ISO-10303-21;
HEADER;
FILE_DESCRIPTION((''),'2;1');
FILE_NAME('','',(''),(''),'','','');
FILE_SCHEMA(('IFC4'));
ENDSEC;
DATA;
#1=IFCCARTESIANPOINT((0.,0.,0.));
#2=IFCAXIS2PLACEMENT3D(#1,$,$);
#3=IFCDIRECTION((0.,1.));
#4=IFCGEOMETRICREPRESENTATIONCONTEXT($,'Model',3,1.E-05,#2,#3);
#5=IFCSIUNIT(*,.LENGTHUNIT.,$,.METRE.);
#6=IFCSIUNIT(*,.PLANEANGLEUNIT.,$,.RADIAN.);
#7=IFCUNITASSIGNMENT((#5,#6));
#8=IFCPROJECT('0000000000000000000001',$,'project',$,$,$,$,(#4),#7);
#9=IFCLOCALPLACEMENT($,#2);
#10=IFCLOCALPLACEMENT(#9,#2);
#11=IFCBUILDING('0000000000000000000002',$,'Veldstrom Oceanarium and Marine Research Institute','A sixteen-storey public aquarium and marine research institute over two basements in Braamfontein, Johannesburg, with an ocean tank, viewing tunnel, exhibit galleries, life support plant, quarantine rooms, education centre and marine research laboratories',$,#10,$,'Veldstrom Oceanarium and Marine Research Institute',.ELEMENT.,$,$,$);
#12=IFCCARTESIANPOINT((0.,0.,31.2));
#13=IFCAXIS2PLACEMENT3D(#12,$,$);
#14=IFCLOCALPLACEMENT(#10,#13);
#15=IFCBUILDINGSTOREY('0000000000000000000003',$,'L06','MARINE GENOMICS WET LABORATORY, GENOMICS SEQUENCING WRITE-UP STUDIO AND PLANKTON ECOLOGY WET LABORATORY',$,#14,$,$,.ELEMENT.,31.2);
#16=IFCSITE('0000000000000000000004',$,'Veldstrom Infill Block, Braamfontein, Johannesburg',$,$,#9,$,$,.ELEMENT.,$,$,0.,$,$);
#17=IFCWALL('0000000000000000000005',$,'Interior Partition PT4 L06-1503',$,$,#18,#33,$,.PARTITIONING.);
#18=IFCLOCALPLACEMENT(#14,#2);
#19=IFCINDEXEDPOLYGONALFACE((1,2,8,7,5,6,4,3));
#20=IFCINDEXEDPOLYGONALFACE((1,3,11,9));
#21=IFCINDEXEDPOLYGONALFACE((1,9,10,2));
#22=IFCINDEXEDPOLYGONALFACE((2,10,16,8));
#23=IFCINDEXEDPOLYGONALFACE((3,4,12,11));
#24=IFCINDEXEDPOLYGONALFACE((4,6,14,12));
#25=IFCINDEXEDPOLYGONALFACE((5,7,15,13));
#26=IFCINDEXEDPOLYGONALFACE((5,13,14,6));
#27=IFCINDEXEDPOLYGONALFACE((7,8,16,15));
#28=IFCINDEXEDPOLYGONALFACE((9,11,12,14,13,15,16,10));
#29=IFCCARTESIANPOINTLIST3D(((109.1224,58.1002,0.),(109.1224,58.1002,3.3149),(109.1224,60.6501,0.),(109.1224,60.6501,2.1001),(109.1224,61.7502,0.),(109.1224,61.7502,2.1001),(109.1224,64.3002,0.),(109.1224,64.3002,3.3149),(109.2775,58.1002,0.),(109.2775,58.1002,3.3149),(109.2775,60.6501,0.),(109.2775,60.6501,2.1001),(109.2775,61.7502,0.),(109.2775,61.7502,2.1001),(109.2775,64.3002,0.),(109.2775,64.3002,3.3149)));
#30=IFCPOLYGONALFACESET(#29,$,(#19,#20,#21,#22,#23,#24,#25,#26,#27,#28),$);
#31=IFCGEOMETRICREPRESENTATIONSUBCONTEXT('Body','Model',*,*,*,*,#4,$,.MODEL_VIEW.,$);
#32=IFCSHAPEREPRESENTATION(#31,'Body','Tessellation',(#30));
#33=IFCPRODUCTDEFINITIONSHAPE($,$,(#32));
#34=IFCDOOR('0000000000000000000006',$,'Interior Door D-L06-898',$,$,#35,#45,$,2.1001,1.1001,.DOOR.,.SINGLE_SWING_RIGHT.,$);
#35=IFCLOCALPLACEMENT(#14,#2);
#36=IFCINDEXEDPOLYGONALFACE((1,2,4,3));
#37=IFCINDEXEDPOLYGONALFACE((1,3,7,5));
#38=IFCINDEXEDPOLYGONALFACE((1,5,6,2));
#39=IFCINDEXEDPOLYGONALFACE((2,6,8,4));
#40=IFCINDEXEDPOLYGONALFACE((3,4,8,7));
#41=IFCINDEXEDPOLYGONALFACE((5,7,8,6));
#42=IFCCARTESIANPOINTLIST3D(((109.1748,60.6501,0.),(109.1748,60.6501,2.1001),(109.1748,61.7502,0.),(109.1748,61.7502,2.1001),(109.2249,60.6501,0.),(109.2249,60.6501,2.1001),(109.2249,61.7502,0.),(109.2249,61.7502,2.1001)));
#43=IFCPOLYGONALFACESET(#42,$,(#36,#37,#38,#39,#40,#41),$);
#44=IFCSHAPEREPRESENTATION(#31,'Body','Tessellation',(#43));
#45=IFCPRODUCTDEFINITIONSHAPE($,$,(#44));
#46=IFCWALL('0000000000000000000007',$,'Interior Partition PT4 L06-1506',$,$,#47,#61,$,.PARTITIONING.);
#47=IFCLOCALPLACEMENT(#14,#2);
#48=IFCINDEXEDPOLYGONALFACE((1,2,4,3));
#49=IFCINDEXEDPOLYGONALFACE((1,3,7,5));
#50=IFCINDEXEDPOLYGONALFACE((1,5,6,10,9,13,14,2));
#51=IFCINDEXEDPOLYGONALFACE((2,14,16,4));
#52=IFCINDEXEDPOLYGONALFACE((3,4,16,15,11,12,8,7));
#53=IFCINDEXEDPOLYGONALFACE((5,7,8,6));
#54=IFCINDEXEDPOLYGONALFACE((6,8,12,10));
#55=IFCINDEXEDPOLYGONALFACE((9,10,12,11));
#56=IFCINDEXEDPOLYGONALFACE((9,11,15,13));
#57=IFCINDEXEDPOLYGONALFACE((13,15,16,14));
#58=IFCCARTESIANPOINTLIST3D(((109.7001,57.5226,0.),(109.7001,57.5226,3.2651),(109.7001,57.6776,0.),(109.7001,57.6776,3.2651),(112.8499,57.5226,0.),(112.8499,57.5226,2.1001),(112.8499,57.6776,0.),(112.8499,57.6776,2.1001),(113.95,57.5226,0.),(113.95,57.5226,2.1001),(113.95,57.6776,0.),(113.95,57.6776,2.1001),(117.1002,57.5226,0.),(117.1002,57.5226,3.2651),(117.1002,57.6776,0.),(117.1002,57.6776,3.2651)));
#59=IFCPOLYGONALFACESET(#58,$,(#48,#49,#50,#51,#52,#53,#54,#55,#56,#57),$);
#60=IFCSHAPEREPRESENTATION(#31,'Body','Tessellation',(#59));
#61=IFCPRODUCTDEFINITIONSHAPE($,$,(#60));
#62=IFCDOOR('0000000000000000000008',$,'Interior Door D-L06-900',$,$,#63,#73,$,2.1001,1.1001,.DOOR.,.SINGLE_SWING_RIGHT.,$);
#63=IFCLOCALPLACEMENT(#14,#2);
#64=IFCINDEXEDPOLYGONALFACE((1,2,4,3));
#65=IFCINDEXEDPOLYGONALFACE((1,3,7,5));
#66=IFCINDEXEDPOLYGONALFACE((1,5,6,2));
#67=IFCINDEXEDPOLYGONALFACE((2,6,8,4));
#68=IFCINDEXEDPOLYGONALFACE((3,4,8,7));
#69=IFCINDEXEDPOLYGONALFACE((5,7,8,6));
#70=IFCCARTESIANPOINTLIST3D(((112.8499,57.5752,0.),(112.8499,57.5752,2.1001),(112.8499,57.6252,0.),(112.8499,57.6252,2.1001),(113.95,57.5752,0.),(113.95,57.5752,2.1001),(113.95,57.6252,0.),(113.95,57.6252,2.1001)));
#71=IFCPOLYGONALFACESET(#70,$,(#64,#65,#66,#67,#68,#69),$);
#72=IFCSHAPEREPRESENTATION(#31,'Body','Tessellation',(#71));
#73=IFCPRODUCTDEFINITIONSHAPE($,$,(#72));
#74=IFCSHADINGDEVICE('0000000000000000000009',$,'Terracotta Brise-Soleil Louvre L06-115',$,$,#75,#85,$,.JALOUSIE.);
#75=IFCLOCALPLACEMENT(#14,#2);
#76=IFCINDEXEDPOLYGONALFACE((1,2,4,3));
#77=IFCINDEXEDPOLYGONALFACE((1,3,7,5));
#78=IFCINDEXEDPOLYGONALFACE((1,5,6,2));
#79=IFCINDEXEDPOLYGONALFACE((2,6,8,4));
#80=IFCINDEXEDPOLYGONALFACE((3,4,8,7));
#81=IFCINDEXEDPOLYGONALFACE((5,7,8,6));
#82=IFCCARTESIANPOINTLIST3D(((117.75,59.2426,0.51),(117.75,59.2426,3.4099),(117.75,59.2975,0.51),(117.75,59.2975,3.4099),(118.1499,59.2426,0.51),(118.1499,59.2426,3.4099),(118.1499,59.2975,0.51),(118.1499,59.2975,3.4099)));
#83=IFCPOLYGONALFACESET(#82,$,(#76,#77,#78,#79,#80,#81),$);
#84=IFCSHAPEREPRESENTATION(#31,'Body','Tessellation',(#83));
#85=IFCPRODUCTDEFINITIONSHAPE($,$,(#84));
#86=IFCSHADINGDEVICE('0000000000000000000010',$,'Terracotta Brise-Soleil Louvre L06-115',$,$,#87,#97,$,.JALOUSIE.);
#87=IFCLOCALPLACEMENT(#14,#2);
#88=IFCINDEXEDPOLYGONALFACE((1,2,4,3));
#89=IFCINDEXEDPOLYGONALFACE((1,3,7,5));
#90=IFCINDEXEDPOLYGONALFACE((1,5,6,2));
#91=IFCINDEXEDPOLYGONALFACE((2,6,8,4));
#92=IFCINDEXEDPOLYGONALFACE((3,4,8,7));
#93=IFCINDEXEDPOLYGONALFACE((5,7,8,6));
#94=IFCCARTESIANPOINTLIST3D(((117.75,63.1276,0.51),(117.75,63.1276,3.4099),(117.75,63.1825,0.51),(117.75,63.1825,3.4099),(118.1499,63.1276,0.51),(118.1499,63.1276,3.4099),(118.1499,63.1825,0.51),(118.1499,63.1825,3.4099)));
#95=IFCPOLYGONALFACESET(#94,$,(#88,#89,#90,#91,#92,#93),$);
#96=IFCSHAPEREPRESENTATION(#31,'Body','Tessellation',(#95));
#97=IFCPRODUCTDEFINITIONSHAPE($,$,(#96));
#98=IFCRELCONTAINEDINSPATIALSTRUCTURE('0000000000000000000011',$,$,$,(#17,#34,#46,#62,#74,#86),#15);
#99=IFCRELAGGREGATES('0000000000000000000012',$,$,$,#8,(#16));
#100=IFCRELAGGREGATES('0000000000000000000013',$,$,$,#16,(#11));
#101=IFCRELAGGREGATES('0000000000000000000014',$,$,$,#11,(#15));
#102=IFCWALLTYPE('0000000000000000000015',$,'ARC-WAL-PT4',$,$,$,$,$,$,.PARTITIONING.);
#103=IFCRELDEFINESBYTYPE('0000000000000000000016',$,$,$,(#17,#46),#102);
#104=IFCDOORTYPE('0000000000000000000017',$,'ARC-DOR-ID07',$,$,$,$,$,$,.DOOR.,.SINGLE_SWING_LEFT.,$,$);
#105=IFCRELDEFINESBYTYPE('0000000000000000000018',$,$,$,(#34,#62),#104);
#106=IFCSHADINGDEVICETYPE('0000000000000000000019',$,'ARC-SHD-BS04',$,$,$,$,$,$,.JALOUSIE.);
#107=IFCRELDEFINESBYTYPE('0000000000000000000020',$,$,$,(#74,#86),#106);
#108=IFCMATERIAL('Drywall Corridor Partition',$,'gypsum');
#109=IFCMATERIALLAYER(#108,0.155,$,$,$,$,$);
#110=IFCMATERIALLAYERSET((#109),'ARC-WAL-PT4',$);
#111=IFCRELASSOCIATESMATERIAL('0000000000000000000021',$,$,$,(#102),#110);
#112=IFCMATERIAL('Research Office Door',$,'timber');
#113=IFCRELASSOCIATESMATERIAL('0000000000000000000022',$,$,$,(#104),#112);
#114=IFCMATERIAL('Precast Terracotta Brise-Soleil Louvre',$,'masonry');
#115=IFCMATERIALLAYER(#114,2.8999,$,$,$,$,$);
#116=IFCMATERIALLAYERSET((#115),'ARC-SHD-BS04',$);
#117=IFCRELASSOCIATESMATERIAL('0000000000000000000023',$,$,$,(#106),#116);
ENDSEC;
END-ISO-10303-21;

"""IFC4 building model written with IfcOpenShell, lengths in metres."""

from ifc_helpers import new_model, si_unit, direction, frame, frame_2d, origin, origin_2d, place, context, subcontext, project, spatial, rectangle, extrude, material, layer, layer_set, type_object, element, fill, save


model = new_model("IFC4")

# Units and contexts
model_context = context("Model", 3, precision=1e-05, world=origin(), true_north=direction((0.0, 1.0)))
body_context = subcontext(model_context, "Body", "Model", "MODEL_VIEW")
ifc_project = project(units=[si_unit("LENGTHUNIT", "METRE"), si_unit("PLANEANGLEUNIT", "RADIAN")], contexts=[model_context])

# Site, building, storey
site_placement = place(None, origin())
site = spatial("IfcSite", under=ifc_project, at=site_placement, Name="Veldstrom Infill Block, Braamfontein, Johannesburg", CompositionType="ELEMENT", RefElevation=0.0)
building_placement = place(site_placement, origin())
building = spatial("IfcBuilding", under=site, at=building_placement, Name="Veldstrom Oceanarium and Marine Research Institute", Description="A sixteen-storey public aquarium and marine research institute over two basements in Braamfontein, Johannesburg, with an ocean tank, viewing tunnel, exhibit galleries, life support plant, quarantine rooms, education centre and marine research laboratories", LongName="Veldstrom Oceanarium and Marine Research Institute", CompositionType="ELEMENT")
storey_placement = place(building_placement, frame((0.0, 0.0, 31.2)))
storey = spatial("IfcBuildingStorey", under=building, at=storey_placement, Name="L06", Description="MARINE GENOMICS WET LABORATORY, GENOMICS SEQUENCING WRITE-UP STUDIO AND PLANKTON ECOLOGY WET LABORATORY", CompositionType="ELEMENT", Elevation=31.2)

# Walls, openings, doors
ifc_material_1 = material(Name="Drywall Corridor Partition", Category="gypsum")
ifc_layer_1 = layer(ifc_material_1, 0.155)
ifc_layer_set_1 = layer_set([ifc_layer_1], Name="ARC-WAL-PT4")
wall_type_1 = type_object("IfcWallType", Name="ARC-WAL-PT4", PredefinedType="PARTITIONING", material=ifc_layer_set_1)
wall_1_placement = place(storey_placement, frame((109.2, 58.1001, 0.0), z_axis=(0.0, 0.0, 1.0), x_axis=(0.0, 1.0, 0.0)))
wall_1 = element("IfcWall", 1, at=wall_1_placement, inside=storey, type_object=wall_type_1, Name="Interior Partition PT4 L06-1503", PredefinedType="PARTITIONING", context=body_context, shape_type="SweptSolid", body=[
    extrude(rectangle(XDim=6.2, YDim=0.155, at=frame_2d((3.1001, 0.0))), origin(), (0.0, 0.0, 1.0), 3.3149),
])
opening_1_placement = place(wall_1_placement, frame((2.55, 0.0, 0.0)))
opening_1 = element("IfcOpeningElement", 2, at=opening_1_placement, cuts=wall_1, PredefinedType="OPENING", context=body_context, shape_type="SweptSolid", body=[
    extrude(rectangle(XDim=1.1001, YDim=2.1001, at=frame_2d((0.55, 1.05))), frame((0.0, 0.0874, 0.0), z_axis=(0.0, -1.0, 0.0), x_axis=(1.0, 0.0, 0.0)), (0.0, 0.0, 1.0), 0.175),
])
ifc_material_2 = material(Name="Research Office Door", Category="timber")
door_type_1 = type_object("IfcDoorType", Name="ARC-DOR-ID07", OperationType="SINGLE_SWING_LEFT", PredefinedType="DOOR", material=ifc_material_2)
door_1_placement = place(opening_1_placement, frame((1.1001, 0.0, 0.0), z_axis=(0.0, 0.0, 1.0), x_axis=(-1.0, 0.0, 0.0)))
door_1 = element("IfcDoor", 3, at=door_1_placement, inside=storey, type_object=door_type_1, Name="Interior Door D-L06-898", OperationType="SINGLE_SWING_RIGHT", OverallHeight=2.1001, OverallWidth=1.1001, PredefinedType="DOOR", context=body_context, shape_type="SweptSolid", body=[
    extrude(rectangle(XDim=1.1001, YDim=2.1001, at=frame_2d((0.55, 1.05))), frame((0.0, 0.0249, 0.0), z_axis=(0.0, -1.0, 0.0), x_axis=(1.0, 0.0, 0.0)), (0.0, 0.0, 1.0), 0.05),
])
fill(opening_1, door_1)
wall_2_placement = place(storey_placement, frame((109.7, 57.6001, 0.0), z_axis=(0.0, 0.0, 1.0), x_axis=(1.0, 0.0, 0.0)))
wall_2 = element("IfcWall", 4, at=wall_2_placement, inside=storey, type_object=wall_type_1, Name="Interior Partition PT4 L06-1506", PredefinedType="PARTITIONING", context=body_context, shape_type="SweptSolid", body=[
    extrude(rectangle(XDim=7.4001, YDim=0.155, at=frame_2d((3.7002, 0.0))), origin(), (0.0, 0.0, 1.0), 3.2651),
])
opening_2_placement = place(wall_2_placement, frame((3.1499, 0.0, 0.0)))
opening_2 = element("IfcOpeningElement", 5, at=opening_2_placement, cuts=wall_2, PredefinedType="OPENING", context=body_context, shape_type="SweptSolid", body=[
    extrude(rectangle(XDim=1.1001, YDim=2.1001, at=frame_2d((0.55, 1.05))), frame((0.0, 0.0874, 0.0), z_axis=(0.0, -1.0, 0.0), x_axis=(1.0, 0.0, 0.0)), (0.0, 0.0, 1.0), 0.175),
])
door_2_placement = place(opening_2_placement, frame((1.1001, 0.0, 0.0), z_axis=(0.0, 0.0, 1.0), x_axis=(-1.0, 0.0, 0.0)))
door_2 = element("IfcDoor", 6, at=door_2_placement, inside=storey, type_object=door_type_1, Name="Interior Door D-L06-900", OperationType="SINGLE_SWING_RIGHT", OverallHeight=2.1001, OverallWidth=1.1001, PredefinedType="DOOR", context=body_context, shape_type="SweptSolid", body=[
    extrude(rectangle(XDim=1.1001, YDim=2.1001, at=frame_2d((0.55, 1.05))), frame((0.0, 0.0249, 0.0), z_axis=(0.0, -1.0, 0.0), x_axis=(1.0, 0.0, 0.0)), (0.0, 0.0, 1.0), 0.05),
])
fill(opening_2, door_2)

# Shading devices
ifc_material_3 = material(Name="Precast Terracotta Brise-Soleil Louvre", Category="masonry")
ifc_layer_2 = layer(ifc_material_3, 2.8999)
ifc_layer_set_2 = layer_set([ifc_layer_2], Name="ARC-SHD-BS04")
shading_device_type = type_object("IfcShadingDeviceType", Name="ARC-SHD-BS04", PredefinedType="JALOUSIE", material=ifc_layer_set_2)
for number, where, z_axis, x_axis, name in (
    (7, (117.95, 59.27, 0.51), (0.0, 0.0, 1.0), (1.0, 0.0, 0.0), "Terracotta Brise-Soleil Louvre L06-115"),
    (8, (117.95, 63.155, 0.51), (0.0, 0.0, 1.0), (1.0, 0.0, 0.0), "Terracotta Brise-Soleil Louvre L06-115"),
):
    element("IfcShadingDevice", number, at=place(storey_placement, frame(where, z_axis=z_axis, x_axis=x_axis)), inside=storey, type_object=shading_device_type, Name=name, PredefinedType="JALOUSIE", context=body_context, shape_type="SweptSolid", body=[
        extrude(rectangle(XDim=0.3999, YDim=0.0549, at=origin_2d()), origin(), (0.0, 0.0, 1.0), 2.8999),
    ])

save(model, "model.ifc")
